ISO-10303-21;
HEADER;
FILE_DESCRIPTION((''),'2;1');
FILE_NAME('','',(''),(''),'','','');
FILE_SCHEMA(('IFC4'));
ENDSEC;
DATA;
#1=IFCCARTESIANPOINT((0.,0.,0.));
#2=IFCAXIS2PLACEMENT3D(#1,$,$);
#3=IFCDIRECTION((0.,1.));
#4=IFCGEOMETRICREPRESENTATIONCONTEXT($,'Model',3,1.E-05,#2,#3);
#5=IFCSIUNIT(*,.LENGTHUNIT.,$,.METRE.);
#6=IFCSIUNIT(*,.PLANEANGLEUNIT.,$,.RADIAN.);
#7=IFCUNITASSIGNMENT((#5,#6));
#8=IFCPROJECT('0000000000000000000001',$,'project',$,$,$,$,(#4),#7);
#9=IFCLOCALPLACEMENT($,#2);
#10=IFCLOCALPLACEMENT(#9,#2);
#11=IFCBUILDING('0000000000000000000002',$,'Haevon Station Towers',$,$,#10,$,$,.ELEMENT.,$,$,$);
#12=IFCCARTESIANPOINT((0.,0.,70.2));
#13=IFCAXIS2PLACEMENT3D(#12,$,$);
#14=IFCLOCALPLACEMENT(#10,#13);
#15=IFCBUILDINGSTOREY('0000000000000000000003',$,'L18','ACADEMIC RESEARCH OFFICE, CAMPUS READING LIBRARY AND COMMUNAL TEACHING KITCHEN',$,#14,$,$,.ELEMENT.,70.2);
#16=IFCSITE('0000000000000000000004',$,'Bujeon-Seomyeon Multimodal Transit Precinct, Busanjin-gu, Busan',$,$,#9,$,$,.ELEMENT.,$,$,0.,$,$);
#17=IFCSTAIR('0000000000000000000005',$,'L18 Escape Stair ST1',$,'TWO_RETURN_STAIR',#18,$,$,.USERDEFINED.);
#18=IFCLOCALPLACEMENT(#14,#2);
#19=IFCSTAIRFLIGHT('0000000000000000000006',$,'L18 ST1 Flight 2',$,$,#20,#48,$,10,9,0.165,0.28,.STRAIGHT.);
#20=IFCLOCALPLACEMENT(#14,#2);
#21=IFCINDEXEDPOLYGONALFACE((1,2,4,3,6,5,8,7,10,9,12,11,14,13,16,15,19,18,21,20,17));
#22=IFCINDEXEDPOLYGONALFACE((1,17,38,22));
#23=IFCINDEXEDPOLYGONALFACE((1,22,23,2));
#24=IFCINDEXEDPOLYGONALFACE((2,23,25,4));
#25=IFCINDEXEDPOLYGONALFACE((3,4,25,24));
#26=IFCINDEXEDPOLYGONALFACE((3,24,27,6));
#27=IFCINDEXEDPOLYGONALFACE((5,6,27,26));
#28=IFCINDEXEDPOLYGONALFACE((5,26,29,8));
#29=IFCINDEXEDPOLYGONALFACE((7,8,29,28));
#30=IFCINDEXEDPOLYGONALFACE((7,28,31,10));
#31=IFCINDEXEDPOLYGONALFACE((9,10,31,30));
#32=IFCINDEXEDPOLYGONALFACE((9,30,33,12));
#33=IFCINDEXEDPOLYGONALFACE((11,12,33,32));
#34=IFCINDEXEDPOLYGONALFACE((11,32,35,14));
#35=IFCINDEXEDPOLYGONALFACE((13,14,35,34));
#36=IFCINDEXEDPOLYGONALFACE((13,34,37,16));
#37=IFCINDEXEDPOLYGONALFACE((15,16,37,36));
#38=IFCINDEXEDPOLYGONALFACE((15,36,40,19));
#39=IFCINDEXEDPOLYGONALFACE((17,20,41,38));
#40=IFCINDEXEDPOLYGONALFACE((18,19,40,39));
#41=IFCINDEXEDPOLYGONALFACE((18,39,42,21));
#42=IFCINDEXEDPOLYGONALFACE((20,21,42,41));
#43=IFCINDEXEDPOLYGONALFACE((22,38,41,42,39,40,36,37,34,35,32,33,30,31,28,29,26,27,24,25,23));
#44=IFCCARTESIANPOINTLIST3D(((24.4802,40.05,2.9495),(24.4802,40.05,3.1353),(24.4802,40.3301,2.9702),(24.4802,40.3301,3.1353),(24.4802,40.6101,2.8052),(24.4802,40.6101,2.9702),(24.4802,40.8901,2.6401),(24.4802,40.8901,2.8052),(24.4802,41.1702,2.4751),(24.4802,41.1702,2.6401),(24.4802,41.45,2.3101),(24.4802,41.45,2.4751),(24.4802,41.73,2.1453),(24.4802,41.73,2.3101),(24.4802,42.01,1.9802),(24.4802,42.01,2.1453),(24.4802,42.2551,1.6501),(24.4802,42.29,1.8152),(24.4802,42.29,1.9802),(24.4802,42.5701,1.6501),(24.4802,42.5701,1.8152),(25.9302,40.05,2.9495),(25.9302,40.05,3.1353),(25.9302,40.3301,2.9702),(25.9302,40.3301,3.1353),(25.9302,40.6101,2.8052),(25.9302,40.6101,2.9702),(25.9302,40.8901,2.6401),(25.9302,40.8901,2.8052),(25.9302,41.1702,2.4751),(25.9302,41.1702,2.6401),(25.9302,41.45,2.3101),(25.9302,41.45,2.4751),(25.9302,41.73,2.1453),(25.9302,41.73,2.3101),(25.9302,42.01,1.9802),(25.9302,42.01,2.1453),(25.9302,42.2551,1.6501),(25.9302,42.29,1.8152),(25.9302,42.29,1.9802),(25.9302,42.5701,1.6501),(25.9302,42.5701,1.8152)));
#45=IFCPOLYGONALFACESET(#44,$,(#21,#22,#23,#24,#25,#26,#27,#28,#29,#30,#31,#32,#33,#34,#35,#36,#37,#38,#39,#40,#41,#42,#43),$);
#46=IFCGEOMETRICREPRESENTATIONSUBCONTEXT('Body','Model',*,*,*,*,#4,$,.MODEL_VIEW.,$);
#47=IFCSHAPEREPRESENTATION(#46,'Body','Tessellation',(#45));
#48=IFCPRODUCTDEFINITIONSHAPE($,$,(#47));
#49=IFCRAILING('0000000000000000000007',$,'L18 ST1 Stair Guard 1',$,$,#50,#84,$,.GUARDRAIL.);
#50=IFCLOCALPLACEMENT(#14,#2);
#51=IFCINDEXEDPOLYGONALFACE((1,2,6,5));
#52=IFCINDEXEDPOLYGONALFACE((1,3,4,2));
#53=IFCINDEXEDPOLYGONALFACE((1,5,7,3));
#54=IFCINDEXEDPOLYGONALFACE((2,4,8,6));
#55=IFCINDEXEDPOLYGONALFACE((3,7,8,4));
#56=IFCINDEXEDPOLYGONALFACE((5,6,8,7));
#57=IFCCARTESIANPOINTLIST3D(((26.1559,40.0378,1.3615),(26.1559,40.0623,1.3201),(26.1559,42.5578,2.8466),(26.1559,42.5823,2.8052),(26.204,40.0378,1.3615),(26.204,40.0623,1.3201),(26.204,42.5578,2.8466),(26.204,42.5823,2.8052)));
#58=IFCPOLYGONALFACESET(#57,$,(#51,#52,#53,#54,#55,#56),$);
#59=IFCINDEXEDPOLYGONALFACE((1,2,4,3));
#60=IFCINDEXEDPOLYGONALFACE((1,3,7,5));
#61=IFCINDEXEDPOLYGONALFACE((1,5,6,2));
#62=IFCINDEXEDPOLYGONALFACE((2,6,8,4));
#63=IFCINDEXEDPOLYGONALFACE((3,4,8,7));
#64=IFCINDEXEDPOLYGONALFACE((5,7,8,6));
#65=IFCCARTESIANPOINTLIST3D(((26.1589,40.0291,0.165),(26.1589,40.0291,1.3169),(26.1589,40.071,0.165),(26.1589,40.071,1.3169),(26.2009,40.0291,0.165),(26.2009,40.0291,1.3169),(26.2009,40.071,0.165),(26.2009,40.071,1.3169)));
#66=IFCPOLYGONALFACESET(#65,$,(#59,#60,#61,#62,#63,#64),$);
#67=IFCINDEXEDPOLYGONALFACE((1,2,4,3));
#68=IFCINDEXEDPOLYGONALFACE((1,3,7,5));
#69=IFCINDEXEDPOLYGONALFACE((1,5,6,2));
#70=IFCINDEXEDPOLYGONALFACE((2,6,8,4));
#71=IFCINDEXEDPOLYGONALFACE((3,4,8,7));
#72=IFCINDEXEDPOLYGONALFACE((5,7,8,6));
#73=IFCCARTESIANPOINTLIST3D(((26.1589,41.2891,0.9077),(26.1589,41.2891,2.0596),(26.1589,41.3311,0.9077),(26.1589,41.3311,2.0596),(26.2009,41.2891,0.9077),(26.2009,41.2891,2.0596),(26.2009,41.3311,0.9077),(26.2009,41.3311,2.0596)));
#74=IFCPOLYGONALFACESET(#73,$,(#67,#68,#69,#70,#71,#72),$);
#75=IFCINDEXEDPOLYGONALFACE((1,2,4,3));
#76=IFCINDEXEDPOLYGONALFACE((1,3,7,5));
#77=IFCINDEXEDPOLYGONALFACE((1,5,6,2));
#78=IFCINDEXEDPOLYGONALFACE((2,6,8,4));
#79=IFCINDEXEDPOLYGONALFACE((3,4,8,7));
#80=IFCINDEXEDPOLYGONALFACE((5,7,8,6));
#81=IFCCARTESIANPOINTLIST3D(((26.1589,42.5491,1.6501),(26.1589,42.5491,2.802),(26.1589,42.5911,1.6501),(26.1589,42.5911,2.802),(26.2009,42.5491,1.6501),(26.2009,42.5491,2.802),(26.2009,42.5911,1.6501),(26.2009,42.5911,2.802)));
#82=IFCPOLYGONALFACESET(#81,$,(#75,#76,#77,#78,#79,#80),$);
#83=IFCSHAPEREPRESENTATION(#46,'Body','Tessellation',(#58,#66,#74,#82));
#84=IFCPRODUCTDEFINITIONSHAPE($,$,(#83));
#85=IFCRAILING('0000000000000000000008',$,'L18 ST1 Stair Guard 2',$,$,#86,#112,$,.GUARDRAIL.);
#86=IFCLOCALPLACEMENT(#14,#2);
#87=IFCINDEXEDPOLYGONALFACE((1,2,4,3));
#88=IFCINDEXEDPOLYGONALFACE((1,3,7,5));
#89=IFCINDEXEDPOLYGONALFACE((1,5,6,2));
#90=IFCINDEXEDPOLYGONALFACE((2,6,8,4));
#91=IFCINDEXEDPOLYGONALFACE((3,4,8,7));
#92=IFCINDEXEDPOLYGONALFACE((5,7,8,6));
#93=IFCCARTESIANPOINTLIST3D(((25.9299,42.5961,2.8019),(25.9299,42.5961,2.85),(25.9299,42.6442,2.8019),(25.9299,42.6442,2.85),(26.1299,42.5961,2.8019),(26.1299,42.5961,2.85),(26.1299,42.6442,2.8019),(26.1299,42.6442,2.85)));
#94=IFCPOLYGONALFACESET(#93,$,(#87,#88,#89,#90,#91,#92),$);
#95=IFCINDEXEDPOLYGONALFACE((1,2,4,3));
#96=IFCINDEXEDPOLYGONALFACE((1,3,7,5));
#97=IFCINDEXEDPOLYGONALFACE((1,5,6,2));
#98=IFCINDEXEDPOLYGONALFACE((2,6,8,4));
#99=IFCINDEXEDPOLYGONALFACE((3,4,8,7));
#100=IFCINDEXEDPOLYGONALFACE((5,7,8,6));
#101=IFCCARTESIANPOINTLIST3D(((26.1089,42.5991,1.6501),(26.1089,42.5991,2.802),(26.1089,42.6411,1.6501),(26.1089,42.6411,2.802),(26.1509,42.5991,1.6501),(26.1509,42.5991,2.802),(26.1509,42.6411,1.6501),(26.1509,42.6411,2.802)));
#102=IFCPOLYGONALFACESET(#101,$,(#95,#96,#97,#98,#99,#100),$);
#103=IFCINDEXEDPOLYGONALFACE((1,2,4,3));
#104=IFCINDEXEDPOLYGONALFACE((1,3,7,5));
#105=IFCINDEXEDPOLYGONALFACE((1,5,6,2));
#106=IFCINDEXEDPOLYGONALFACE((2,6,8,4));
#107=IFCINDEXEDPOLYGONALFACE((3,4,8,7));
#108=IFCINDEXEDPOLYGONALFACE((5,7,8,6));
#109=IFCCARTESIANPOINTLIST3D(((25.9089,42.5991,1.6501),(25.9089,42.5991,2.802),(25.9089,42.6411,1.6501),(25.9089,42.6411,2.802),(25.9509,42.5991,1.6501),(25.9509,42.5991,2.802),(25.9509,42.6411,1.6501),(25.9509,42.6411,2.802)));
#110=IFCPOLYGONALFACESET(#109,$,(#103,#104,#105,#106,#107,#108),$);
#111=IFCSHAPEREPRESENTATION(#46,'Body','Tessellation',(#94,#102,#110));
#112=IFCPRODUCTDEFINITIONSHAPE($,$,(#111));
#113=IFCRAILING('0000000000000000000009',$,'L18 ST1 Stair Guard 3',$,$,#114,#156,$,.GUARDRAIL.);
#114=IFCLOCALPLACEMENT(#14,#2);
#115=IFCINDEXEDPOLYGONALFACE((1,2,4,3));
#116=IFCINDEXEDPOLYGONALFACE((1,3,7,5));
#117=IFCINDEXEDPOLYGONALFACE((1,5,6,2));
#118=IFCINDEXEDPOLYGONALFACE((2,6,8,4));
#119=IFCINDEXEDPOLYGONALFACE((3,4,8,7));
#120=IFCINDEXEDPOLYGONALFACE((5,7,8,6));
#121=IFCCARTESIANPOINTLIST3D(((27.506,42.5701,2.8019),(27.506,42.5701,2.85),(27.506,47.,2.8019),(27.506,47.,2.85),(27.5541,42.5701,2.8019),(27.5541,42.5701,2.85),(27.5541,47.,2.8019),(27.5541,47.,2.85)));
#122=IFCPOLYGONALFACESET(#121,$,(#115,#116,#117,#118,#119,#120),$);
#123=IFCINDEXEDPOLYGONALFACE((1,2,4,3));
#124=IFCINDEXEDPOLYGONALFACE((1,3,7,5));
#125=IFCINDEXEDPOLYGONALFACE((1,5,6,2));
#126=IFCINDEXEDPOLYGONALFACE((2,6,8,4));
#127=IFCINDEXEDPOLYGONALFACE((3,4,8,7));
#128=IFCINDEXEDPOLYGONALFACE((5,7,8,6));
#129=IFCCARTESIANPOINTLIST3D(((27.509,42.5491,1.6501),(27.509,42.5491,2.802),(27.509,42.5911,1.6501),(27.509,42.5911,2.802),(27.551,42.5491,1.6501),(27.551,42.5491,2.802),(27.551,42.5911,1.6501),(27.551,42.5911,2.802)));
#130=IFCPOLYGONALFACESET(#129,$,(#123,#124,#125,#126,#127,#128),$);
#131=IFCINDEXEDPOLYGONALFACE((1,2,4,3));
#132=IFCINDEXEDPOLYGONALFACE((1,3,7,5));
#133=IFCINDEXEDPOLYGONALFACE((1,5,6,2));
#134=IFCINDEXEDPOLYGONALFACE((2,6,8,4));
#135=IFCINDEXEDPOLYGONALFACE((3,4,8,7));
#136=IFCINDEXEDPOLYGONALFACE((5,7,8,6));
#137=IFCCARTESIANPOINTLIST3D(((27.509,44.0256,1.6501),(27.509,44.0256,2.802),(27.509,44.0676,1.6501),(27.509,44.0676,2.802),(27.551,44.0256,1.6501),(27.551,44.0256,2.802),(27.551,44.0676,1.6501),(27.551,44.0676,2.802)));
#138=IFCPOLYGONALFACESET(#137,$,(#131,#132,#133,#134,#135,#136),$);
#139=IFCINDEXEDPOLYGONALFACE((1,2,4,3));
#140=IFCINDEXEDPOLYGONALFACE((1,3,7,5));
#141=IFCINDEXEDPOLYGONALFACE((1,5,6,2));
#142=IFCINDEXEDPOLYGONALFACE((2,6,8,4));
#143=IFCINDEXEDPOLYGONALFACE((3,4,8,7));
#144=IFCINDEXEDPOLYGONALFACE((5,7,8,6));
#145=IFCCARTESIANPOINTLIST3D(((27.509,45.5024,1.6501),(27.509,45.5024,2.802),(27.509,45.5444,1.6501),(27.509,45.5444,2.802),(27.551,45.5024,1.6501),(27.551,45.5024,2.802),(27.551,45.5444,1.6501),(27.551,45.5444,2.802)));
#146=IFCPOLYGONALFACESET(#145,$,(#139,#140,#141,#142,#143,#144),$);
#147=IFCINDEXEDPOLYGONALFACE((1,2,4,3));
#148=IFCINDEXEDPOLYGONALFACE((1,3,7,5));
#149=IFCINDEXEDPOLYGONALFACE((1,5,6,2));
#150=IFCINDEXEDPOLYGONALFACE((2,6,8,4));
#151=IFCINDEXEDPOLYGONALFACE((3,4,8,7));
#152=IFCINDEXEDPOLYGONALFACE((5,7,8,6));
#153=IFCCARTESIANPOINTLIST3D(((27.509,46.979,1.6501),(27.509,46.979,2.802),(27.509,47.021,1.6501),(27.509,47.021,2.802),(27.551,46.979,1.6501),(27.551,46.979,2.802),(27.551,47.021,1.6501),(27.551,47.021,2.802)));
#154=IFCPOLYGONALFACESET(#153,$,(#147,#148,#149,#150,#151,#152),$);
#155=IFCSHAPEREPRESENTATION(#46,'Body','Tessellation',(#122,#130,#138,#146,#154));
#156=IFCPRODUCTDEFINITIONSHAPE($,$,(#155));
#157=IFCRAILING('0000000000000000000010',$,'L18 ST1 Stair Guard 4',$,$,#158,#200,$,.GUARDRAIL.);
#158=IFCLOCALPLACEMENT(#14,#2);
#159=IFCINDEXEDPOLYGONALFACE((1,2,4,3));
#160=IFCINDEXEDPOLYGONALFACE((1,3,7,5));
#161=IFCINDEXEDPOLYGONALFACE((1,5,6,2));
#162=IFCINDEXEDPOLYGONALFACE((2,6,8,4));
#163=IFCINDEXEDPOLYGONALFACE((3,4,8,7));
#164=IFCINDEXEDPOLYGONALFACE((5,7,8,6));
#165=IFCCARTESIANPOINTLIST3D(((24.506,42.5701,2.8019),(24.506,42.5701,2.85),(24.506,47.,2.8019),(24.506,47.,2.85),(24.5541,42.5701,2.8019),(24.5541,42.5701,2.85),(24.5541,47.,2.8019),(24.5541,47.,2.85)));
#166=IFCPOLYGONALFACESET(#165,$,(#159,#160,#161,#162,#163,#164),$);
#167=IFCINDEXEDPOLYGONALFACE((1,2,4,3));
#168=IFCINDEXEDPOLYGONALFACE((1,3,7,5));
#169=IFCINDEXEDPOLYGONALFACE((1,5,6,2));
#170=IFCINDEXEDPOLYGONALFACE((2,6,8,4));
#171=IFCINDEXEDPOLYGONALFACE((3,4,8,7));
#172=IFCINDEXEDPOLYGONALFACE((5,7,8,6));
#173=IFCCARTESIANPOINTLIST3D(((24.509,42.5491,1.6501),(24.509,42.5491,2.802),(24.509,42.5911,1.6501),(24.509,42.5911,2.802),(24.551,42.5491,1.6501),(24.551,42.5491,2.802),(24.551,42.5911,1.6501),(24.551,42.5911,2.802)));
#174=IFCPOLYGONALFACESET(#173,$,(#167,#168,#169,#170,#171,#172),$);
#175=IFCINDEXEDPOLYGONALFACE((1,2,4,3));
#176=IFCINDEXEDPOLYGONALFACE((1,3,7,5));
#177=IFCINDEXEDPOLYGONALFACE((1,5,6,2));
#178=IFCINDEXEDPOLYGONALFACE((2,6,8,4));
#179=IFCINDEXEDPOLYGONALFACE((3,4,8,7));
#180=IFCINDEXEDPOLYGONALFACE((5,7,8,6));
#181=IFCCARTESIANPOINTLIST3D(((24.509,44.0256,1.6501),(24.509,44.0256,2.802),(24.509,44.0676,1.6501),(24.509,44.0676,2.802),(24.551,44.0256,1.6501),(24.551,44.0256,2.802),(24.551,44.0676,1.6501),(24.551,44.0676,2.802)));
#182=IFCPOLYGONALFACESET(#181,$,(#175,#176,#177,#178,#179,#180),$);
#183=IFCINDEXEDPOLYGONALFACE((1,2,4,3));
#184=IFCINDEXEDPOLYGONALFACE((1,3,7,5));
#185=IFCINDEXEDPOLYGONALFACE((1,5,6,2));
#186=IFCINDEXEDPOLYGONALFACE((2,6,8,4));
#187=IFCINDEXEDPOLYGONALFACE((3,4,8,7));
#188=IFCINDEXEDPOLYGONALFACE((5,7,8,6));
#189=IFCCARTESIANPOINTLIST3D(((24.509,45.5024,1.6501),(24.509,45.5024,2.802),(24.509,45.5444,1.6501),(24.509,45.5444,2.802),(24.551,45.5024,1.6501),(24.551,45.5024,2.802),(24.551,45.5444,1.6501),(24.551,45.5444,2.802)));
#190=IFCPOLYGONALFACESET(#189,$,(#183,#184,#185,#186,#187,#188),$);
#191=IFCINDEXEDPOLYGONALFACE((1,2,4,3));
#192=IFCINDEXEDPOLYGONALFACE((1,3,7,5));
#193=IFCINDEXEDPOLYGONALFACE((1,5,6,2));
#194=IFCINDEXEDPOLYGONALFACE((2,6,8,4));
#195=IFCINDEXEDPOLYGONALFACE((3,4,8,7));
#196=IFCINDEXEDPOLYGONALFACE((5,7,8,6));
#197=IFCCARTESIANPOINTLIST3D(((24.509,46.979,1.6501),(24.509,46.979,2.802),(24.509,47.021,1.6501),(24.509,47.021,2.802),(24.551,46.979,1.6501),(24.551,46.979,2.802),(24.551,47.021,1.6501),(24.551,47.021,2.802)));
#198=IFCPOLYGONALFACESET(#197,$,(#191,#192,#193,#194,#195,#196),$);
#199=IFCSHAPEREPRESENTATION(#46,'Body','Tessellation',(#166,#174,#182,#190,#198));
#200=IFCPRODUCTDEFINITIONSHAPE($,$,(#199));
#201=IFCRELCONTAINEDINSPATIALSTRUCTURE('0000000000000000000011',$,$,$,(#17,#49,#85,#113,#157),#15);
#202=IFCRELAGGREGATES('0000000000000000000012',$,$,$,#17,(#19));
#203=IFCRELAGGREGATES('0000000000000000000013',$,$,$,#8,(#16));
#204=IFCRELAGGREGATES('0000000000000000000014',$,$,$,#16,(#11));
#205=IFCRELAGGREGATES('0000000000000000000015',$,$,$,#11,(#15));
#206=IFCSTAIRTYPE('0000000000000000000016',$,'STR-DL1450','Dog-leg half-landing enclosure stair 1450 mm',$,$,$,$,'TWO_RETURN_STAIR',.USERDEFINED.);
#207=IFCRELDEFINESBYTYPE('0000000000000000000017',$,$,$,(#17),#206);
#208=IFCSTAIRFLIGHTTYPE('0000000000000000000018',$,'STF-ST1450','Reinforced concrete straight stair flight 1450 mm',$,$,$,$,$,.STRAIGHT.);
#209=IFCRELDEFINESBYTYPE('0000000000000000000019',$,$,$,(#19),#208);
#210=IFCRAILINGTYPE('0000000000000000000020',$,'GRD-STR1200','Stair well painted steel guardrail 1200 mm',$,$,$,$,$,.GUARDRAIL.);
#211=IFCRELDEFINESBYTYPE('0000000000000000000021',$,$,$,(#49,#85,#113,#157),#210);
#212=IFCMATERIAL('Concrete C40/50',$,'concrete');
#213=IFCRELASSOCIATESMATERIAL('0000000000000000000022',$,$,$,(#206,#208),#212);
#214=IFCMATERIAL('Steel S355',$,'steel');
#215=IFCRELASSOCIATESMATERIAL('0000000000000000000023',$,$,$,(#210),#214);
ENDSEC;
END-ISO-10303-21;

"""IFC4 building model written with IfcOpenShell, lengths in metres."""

from ifc_helpers import new_model, si_unit, direction, frame, origin, origin_2d, place, context, subcontext, project, spatial, polyline, rectangle, outline, extrude, material, type_object, element, aggregate, save


model = new_model("IFC4")

# Units and contexts
model_context = context("Model", 3, precision=1e-05, world=origin(), true_north=direction((0.0, 1.0)))
body_context = subcontext(model_context, "Body", "Model", "MODEL_VIEW")
ifc_project = project(units=[si_unit("LENGTHUNIT", "METRE"), si_unit("PLANEANGLEUNIT", "RADIAN")], contexts=[model_context])

# Site, building, storey
site_placement = place(None, origin())
site = spatial("IfcSite", under=ifc_project, at=site_placement, Name="Bujeon-Seomyeon Multimodal Transit Precinct, Busanjin-gu, Busan", CompositionType="ELEMENT", RefElevation=0.0)
building_placement = place(site_placement, origin())
building = spatial("IfcBuilding", under=site, at=building_placement, Name="Haevon Station Towers", CompositionType="ELEMENT")
storey_placement = place(building_placement, frame((0.0, 0.0, 70.2)))
storey = spatial("IfcBuildingStorey", under=building, at=storey_placement, Name="L18", Description="ACADEMIC RESEARCH OFFICE, CAMPUS READING LIBRARY AND COMMUNAL TEACHING KITCHEN", CompositionType="ELEMENT", Elevation=70.2)

# Shared definitions
ifc_material_1 = material(Name="Steel S355", Category="steel")

# Shared definitions
ifc_material_2 = material(Name="Concrete C40/50", Category="concrete")

# Stair, stair flight
stair_type = type_object("IfcStairType", Name="STR-DL1450", Description="Dog-leg half-landing enclosure stair 1450 mm", ElementType="TWO_RETURN_STAIR", PredefinedType="USERDEFINED", material=ifc_material_2)
stair_placement = place(storey_placement, origin())
stair = element("IfcStair", 1, at=stair_placement, inside=storey, type_object=stair_type, Name="L18 Escape Stair ST1", ObjectType="TWO_RETURN_STAIR", PredefinedType="USERDEFINED")
stair_flight_type = type_object("IfcStairFlightType", Name="STF-ST1450", Description="Reinforced concrete straight stair flight 1450 mm", PredefinedType="STRAIGHT", material=ifc_material_2)
stair_flight_1_placement = place(storey_placement, frame((25.2051, 42.5701, 1.6501), z_axis=(0.0, 0.0, 1.0), x_axis=(0.0, -1.0, 0.0)))
stair_flight_1 = element("IfcStairFlight", 2, at=stair_flight_1_placement, type_object=stair_flight_type, Name="L18 ST1 Flight 2", NumberOfRisers=10, NumberOfTreads=9, PredefinedType="STRAIGHT", RiserHeight=0.165, TreadLength=0.28, context=body_context, shape_type="SweptSolid", body=[
    extrude(outline(polyline([(0.0, 0.0), (0.0, 0.165), (0.28, 0.165), (0.28, 0.3301), (0.5601, 0.3301), (0.5601, 0.4951), (0.8401, 0.4951), (0.8401, 0.6599), (1.1201, 0.6599), (1.1201, 0.825), (1.3999, 0.825), (1.3999, 0.99), (1.6799, 0.99), (1.6799, 1.155), (1.96, 1.155), (1.96, 1.3201), (2.24, 1.3201), (2.24, 1.4851), (2.52, 1.4851), (2.52, 1.6499), (2.52, 1.2993), (0.3149, 0.0), (0.0, 0.0)])), frame((0.0, 0.7251, 0.0), z_axis=(0.0, -1.0, 0.0), x_axis=(1.0, 0.0, 0.0)), (0.0, 0.0, 1.0), 1.45),
])
aggregate(stair, [stair_flight_1])

# Railings
railing_type_1 = type_object("IfcRailingType", Name="GRD-STR1200", Description="Stair well painted steel guardrail 1200 mm", PredefinedType="GUARDRAIL", material=ifc_material_1)
railing_1_placement = place(storey_placement, frame((26.1799, 40.05, 0.165)))
element("IfcRailing", 3, at=railing_1_placement, inside=storey, type_object=railing_type_1, Name="L18 ST1 Stair Guard 1", PredefinedType="GUARDRAIL", context=body_context, shape_type="SweptSolid", body=[
    extrude(rectangle(XDim=0.0481, YDim=0.0481, at=origin_2d()), frame((0.0, 0.0, 1.1758), z_axis=(0.0, 0.861524, 0.507717), x_axis=(-1.0, 0.0, 0.0)), (0.0, 0.0, 1.0), 2.925),
    extrude(rectangle(XDim=0.042, YDim=0.042, at=origin_2d()), origin(), (0.0, 0.0, 1.0), 1.1519),
    extrude(rectangle(XDim=0.042, YDim=0.042, at=origin_2d()), frame((0.0, 1.26, 0.7427)), (0.0, 0.0, 1.0), 1.1519),
    extrude(rectangle(XDim=0.042, YDim=0.042, at=origin_2d()), frame((0.0, 2.52, 1.4851)), (0.0, 0.0, 1.0), 1.1519),
])
railing_2_placement = place(storey_placement, frame((26.1299, 42.6201, 1.6501)))
element("IfcRailing", 4, at=railing_2_placement, inside=storey, type_object=railing_type_1, Name="L18 ST1 Stair Guard 2", PredefinedType="GUARDRAIL", context=body_context, shape_type="SweptSolid", body=[
    extrude(rectangle(XDim=0.0481, YDim=0.0481, at=origin_2d()), frame((0.0, 0.0, 1.1758), z_axis=(-1.0, 0.0, 0.0), x_axis=(0.0, -1.0, 0.0)), (0.0, 0.0, 1.0), 0.2),
    extrude(rectangle(XDim=0.042, YDim=0.042, at=origin_2d()), origin(), (0.0, 0.0, 1.0), 1.1519),
    extrude(rectangle(XDim=0.042, YDim=0.042, at=origin_2d()), frame((-0.2, 0.0, 0.0)), (0.0, 0.0, 1.0), 1.1519),
])
for number, where, name in (
    (5, (27.53, 42.5701, 1.6501), "L18 ST1 Stair Guard 3"),
    (6, (24.53, 42.5701, 1.6501), "L18 ST1 Stair Guard 4"),
):
    element("IfcRailing", number, at=place(storey_placement, frame(where)), inside=storey, type_object=railing_type_1, Name=name, PredefinedType="GUARDRAIL", context=body_context, shape_type="SweptSolid", body=[
        extrude(rectangle(XDim=0.0481, YDim=0.0481, at=origin_2d()), frame((0.0, 0.0, 1.1758), z_axis=(0.0, 1.0, 0.0), x_axis=(-1.0, 0.0, 0.0)), (0.0, 0.0, 1.0), 4.4299),
        extrude(rectangle(XDim=0.042, YDim=0.042, at=origin_2d()), origin(), (0.0, 0.0, 1.0), 1.1519),
        extrude(rectangle(XDim=0.042, YDim=0.042, at=origin_2d()), frame((0.0, 1.4766, 0.0)), (0.0, 0.0, 1.0), 1.1519),
        extrude(rectangle(XDim=0.042, YDim=0.042, at=origin_2d()), frame((0.0, 2.9534, 0.0)), (0.0, 0.0, 1.0), 1.1519),
        extrude(rectangle(XDim=0.042, YDim=0.042, at=origin_2d()), frame((0.0, 4.4299, 0.0)), (0.0, 0.0, 1.0), 1.1519),
    ])

save(model, "model.ifc")
